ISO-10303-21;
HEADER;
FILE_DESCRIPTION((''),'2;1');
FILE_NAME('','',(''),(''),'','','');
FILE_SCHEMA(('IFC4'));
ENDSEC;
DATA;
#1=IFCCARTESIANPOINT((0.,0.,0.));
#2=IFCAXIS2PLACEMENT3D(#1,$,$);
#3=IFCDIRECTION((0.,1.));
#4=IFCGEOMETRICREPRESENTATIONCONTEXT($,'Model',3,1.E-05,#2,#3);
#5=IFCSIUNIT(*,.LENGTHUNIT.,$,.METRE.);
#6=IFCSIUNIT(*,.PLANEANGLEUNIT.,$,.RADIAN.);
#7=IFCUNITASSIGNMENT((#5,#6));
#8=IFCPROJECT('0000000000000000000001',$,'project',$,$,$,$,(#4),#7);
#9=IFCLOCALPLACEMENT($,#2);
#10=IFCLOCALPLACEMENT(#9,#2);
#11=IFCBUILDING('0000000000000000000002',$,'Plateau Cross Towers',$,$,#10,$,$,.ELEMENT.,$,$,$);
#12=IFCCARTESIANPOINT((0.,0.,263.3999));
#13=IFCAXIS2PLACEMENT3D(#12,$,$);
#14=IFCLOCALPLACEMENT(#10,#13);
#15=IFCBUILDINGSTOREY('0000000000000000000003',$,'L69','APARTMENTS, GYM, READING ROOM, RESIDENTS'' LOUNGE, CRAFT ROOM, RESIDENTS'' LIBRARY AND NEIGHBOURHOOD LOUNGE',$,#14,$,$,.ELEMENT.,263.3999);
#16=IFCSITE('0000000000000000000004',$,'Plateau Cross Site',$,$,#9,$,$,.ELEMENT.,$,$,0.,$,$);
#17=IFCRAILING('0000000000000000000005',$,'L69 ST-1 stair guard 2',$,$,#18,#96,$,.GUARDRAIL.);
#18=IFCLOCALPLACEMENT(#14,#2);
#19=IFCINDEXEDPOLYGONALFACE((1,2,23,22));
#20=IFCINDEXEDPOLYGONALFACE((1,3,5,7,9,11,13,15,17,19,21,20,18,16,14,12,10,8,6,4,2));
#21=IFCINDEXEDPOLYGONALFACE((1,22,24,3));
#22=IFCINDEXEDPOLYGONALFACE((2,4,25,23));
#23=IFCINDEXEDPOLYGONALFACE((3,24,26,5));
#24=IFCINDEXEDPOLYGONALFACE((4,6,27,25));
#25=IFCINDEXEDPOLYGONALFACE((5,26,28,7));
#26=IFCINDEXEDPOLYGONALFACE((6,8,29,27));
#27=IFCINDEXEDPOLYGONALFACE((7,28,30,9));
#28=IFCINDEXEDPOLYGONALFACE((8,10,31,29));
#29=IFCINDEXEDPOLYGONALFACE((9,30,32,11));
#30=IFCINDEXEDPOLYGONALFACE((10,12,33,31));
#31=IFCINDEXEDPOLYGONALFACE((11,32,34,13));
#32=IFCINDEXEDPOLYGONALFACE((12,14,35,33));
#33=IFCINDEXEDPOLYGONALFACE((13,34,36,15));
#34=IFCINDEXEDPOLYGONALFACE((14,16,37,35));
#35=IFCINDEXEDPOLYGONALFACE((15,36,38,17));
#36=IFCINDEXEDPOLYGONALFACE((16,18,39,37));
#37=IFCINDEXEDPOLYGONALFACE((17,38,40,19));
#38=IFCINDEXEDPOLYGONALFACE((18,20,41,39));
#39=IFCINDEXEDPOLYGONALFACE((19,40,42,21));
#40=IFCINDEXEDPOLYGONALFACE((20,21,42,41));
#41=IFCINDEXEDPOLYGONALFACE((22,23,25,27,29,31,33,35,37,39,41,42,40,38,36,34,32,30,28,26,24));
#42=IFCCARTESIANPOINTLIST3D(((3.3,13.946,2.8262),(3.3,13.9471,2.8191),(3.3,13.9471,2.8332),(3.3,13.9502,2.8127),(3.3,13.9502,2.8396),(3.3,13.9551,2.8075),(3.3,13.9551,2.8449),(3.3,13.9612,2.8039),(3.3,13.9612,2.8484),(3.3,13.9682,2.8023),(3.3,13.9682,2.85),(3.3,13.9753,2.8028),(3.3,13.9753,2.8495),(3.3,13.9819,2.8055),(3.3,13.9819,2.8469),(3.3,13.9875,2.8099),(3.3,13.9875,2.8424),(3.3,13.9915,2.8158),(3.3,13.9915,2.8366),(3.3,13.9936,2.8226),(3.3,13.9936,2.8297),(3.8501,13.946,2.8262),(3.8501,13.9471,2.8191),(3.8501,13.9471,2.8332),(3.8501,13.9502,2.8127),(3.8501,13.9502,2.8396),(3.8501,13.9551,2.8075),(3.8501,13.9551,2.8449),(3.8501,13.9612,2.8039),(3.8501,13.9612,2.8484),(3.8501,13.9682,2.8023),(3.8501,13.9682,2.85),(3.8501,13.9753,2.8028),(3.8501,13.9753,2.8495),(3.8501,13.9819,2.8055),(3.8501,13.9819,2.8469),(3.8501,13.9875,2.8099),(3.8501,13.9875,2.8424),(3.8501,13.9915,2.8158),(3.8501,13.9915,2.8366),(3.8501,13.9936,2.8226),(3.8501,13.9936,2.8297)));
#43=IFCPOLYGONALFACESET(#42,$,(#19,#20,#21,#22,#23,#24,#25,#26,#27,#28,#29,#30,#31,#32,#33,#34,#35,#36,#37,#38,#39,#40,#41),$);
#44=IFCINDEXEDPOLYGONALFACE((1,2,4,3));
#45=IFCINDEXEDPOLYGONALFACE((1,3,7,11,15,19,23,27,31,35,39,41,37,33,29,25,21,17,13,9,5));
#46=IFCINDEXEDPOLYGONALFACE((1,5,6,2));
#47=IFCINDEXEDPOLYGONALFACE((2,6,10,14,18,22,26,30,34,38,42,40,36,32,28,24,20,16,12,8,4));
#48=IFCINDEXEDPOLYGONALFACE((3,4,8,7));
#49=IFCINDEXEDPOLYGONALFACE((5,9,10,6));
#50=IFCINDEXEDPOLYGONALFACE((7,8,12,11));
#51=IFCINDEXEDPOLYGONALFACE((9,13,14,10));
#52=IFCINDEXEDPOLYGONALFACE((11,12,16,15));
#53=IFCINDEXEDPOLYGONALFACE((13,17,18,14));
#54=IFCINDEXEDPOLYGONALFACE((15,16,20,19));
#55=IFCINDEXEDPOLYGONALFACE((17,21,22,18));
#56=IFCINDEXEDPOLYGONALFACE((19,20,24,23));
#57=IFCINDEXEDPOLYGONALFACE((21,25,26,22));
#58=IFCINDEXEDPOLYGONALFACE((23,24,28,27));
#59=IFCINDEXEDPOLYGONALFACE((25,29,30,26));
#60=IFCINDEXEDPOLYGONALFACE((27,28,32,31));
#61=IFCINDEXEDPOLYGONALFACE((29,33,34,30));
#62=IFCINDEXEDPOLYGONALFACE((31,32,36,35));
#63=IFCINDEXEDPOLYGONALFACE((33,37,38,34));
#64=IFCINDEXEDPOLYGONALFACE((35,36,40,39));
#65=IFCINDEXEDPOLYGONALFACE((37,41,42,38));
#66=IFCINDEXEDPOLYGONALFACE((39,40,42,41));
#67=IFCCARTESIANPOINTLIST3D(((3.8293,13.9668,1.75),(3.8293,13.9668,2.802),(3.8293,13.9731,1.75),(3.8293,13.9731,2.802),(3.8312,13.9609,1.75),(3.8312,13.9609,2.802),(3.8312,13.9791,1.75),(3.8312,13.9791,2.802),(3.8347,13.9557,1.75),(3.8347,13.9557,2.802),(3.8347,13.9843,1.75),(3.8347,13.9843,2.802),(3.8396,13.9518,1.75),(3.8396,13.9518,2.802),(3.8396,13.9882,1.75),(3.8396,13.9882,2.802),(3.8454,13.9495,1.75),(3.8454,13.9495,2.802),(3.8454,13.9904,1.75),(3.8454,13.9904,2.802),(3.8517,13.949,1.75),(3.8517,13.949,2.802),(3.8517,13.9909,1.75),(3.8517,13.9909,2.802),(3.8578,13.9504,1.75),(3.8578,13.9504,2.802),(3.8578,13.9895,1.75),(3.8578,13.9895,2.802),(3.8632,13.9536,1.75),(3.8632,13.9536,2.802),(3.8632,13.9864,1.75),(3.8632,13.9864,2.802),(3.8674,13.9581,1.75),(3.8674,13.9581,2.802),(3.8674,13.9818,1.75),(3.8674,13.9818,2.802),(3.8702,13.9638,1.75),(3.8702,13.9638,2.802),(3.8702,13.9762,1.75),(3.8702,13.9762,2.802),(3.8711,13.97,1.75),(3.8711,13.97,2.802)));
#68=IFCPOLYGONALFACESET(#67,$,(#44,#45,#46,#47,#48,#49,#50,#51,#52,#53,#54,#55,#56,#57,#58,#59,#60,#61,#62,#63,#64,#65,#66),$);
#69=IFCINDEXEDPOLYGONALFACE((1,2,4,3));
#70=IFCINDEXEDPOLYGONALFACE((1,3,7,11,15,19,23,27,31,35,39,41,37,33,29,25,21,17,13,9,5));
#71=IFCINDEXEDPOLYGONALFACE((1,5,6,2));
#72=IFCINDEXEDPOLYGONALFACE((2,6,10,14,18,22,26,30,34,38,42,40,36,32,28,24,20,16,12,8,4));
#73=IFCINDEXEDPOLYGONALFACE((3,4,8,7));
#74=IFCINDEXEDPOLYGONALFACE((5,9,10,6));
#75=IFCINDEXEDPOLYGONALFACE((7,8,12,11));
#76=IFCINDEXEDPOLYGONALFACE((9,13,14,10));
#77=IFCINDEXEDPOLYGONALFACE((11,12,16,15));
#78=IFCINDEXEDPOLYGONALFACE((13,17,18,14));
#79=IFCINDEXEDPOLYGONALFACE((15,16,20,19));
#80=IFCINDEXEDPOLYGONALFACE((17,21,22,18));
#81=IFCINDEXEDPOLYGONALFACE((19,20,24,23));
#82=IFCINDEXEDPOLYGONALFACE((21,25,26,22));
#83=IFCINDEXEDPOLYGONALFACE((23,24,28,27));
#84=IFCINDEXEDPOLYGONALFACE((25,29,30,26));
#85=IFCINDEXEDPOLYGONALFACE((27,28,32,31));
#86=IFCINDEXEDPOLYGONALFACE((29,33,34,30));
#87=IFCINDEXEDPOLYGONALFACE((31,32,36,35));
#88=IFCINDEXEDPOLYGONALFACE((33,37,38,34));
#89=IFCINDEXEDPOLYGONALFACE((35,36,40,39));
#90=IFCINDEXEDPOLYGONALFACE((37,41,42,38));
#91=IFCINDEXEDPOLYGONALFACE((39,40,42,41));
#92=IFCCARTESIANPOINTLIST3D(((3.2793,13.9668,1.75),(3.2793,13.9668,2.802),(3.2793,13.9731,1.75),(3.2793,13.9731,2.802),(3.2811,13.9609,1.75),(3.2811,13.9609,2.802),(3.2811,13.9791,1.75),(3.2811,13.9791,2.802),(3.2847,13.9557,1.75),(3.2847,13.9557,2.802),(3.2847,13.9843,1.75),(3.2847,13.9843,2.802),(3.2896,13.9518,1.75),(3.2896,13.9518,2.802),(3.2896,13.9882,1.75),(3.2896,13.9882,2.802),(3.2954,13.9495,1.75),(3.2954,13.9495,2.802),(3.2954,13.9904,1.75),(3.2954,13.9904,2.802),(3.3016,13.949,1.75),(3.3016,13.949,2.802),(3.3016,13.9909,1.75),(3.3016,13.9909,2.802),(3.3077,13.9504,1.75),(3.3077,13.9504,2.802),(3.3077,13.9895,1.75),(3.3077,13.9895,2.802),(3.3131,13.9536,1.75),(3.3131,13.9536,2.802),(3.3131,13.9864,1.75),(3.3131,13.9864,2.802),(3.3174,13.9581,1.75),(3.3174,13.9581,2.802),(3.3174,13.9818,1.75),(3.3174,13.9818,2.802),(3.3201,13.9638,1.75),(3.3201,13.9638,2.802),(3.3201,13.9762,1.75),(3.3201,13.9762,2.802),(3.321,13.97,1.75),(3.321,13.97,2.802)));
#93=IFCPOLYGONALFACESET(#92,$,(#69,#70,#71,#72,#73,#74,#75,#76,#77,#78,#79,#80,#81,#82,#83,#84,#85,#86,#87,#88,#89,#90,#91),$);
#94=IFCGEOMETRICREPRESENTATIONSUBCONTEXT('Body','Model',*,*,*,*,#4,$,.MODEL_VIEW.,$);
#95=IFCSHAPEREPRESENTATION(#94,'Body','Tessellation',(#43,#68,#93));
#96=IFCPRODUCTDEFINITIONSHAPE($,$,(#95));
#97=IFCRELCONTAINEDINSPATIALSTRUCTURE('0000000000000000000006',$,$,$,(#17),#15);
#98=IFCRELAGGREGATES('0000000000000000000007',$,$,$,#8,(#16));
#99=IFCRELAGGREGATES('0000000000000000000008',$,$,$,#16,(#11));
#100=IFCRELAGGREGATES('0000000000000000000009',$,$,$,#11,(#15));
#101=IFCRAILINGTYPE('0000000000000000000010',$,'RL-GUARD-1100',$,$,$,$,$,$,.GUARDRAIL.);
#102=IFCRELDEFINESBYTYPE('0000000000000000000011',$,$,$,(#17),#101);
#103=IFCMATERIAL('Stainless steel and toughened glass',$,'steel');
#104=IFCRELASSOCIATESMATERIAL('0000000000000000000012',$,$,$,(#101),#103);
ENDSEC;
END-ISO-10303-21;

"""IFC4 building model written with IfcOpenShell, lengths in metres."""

from ifc_helpers import new_model, si_unit, direction, frame, origin, origin_2d, place, context, subcontext, project, spatial, circle, extrude, material, type_object, element, save


model = new_model("IFC4")

# Units and contexts
model_context = context("Model", 3, precision=1e-05, world=origin(), true_north=direction((0.0, 1.0)))
body_context = subcontext(model_context, "Body", "Model", "MODEL_VIEW")
ifc_project = project(units=[si_unit("LENGTHUNIT", "METRE"), si_unit("PLANEANGLEUNIT", "RADIAN")], contexts=[model_context])

# Site, building, storey
site_placement = place(None, origin())
site = spatial("IfcSite", under=ifc_project, at=site_placement, Name="Plateau Cross Site", CompositionType="ELEMENT", RefElevation=0.0)
building_placement = place(site_placement, origin())
building = spatial("IfcBuilding", under=site, at=building_placement, Name="Plateau Cross Towers", CompositionType="ELEMENT")
storey_placement = place(building_placement, frame((0.0, 0.0, 263.3999)))
storey = spatial("IfcBuildingStorey", under=building, at=storey_placement, Name="L69", Description="APARTMENTS, GYM, READING ROOM, RESIDENTS' LOUNGE, CRAFT ROOM, RESIDENTS' LIBRARY AND NEIGHBOURHOOD LOUNGE", CompositionType="ELEMENT", Elevation=263.3999)

# Railing
ifc_material_1 = material(Name="Stainless steel and toughened glass", Category="steel")
railing_type_1 = type_object("IfcRailingType", Name="RL-GUARD-1100", PredefinedType="GUARDRAIL", material=ifc_material_1)
railing_1_placement = place(storey_placement, frame((3.8501, 13.97, 1.75)))
element("IfcRailing", 1, at=railing_1_placement, inside=storey, type_object=railing_type_1, Name="L69 ST-1 stair guard 2", PredefinedType="GUARDRAIL", context=body_context, shape_type="SweptSolid", body=[
    extrude(circle(Radius=0.0239, at=origin_2d()), frame((0.0, 0.0, 1.0762), z_axis=(-1.0, 0.0, 0.0), x_axis=(0.0, -1.0, 0.0)), (0.0, 0.0, 1.0), 0.55),
    extrude(circle(Radius=0.021, at=origin_2d()), origin(), (0.0, 0.0, 1.0), 1.052),
    extrude(circle(Radius=0.021, at=origin_2d()), frame((-0.55, 0.0, 0.0)), (0.0, 0.0, 1.0), 1.052),
])

save(model, "model.ifc")
